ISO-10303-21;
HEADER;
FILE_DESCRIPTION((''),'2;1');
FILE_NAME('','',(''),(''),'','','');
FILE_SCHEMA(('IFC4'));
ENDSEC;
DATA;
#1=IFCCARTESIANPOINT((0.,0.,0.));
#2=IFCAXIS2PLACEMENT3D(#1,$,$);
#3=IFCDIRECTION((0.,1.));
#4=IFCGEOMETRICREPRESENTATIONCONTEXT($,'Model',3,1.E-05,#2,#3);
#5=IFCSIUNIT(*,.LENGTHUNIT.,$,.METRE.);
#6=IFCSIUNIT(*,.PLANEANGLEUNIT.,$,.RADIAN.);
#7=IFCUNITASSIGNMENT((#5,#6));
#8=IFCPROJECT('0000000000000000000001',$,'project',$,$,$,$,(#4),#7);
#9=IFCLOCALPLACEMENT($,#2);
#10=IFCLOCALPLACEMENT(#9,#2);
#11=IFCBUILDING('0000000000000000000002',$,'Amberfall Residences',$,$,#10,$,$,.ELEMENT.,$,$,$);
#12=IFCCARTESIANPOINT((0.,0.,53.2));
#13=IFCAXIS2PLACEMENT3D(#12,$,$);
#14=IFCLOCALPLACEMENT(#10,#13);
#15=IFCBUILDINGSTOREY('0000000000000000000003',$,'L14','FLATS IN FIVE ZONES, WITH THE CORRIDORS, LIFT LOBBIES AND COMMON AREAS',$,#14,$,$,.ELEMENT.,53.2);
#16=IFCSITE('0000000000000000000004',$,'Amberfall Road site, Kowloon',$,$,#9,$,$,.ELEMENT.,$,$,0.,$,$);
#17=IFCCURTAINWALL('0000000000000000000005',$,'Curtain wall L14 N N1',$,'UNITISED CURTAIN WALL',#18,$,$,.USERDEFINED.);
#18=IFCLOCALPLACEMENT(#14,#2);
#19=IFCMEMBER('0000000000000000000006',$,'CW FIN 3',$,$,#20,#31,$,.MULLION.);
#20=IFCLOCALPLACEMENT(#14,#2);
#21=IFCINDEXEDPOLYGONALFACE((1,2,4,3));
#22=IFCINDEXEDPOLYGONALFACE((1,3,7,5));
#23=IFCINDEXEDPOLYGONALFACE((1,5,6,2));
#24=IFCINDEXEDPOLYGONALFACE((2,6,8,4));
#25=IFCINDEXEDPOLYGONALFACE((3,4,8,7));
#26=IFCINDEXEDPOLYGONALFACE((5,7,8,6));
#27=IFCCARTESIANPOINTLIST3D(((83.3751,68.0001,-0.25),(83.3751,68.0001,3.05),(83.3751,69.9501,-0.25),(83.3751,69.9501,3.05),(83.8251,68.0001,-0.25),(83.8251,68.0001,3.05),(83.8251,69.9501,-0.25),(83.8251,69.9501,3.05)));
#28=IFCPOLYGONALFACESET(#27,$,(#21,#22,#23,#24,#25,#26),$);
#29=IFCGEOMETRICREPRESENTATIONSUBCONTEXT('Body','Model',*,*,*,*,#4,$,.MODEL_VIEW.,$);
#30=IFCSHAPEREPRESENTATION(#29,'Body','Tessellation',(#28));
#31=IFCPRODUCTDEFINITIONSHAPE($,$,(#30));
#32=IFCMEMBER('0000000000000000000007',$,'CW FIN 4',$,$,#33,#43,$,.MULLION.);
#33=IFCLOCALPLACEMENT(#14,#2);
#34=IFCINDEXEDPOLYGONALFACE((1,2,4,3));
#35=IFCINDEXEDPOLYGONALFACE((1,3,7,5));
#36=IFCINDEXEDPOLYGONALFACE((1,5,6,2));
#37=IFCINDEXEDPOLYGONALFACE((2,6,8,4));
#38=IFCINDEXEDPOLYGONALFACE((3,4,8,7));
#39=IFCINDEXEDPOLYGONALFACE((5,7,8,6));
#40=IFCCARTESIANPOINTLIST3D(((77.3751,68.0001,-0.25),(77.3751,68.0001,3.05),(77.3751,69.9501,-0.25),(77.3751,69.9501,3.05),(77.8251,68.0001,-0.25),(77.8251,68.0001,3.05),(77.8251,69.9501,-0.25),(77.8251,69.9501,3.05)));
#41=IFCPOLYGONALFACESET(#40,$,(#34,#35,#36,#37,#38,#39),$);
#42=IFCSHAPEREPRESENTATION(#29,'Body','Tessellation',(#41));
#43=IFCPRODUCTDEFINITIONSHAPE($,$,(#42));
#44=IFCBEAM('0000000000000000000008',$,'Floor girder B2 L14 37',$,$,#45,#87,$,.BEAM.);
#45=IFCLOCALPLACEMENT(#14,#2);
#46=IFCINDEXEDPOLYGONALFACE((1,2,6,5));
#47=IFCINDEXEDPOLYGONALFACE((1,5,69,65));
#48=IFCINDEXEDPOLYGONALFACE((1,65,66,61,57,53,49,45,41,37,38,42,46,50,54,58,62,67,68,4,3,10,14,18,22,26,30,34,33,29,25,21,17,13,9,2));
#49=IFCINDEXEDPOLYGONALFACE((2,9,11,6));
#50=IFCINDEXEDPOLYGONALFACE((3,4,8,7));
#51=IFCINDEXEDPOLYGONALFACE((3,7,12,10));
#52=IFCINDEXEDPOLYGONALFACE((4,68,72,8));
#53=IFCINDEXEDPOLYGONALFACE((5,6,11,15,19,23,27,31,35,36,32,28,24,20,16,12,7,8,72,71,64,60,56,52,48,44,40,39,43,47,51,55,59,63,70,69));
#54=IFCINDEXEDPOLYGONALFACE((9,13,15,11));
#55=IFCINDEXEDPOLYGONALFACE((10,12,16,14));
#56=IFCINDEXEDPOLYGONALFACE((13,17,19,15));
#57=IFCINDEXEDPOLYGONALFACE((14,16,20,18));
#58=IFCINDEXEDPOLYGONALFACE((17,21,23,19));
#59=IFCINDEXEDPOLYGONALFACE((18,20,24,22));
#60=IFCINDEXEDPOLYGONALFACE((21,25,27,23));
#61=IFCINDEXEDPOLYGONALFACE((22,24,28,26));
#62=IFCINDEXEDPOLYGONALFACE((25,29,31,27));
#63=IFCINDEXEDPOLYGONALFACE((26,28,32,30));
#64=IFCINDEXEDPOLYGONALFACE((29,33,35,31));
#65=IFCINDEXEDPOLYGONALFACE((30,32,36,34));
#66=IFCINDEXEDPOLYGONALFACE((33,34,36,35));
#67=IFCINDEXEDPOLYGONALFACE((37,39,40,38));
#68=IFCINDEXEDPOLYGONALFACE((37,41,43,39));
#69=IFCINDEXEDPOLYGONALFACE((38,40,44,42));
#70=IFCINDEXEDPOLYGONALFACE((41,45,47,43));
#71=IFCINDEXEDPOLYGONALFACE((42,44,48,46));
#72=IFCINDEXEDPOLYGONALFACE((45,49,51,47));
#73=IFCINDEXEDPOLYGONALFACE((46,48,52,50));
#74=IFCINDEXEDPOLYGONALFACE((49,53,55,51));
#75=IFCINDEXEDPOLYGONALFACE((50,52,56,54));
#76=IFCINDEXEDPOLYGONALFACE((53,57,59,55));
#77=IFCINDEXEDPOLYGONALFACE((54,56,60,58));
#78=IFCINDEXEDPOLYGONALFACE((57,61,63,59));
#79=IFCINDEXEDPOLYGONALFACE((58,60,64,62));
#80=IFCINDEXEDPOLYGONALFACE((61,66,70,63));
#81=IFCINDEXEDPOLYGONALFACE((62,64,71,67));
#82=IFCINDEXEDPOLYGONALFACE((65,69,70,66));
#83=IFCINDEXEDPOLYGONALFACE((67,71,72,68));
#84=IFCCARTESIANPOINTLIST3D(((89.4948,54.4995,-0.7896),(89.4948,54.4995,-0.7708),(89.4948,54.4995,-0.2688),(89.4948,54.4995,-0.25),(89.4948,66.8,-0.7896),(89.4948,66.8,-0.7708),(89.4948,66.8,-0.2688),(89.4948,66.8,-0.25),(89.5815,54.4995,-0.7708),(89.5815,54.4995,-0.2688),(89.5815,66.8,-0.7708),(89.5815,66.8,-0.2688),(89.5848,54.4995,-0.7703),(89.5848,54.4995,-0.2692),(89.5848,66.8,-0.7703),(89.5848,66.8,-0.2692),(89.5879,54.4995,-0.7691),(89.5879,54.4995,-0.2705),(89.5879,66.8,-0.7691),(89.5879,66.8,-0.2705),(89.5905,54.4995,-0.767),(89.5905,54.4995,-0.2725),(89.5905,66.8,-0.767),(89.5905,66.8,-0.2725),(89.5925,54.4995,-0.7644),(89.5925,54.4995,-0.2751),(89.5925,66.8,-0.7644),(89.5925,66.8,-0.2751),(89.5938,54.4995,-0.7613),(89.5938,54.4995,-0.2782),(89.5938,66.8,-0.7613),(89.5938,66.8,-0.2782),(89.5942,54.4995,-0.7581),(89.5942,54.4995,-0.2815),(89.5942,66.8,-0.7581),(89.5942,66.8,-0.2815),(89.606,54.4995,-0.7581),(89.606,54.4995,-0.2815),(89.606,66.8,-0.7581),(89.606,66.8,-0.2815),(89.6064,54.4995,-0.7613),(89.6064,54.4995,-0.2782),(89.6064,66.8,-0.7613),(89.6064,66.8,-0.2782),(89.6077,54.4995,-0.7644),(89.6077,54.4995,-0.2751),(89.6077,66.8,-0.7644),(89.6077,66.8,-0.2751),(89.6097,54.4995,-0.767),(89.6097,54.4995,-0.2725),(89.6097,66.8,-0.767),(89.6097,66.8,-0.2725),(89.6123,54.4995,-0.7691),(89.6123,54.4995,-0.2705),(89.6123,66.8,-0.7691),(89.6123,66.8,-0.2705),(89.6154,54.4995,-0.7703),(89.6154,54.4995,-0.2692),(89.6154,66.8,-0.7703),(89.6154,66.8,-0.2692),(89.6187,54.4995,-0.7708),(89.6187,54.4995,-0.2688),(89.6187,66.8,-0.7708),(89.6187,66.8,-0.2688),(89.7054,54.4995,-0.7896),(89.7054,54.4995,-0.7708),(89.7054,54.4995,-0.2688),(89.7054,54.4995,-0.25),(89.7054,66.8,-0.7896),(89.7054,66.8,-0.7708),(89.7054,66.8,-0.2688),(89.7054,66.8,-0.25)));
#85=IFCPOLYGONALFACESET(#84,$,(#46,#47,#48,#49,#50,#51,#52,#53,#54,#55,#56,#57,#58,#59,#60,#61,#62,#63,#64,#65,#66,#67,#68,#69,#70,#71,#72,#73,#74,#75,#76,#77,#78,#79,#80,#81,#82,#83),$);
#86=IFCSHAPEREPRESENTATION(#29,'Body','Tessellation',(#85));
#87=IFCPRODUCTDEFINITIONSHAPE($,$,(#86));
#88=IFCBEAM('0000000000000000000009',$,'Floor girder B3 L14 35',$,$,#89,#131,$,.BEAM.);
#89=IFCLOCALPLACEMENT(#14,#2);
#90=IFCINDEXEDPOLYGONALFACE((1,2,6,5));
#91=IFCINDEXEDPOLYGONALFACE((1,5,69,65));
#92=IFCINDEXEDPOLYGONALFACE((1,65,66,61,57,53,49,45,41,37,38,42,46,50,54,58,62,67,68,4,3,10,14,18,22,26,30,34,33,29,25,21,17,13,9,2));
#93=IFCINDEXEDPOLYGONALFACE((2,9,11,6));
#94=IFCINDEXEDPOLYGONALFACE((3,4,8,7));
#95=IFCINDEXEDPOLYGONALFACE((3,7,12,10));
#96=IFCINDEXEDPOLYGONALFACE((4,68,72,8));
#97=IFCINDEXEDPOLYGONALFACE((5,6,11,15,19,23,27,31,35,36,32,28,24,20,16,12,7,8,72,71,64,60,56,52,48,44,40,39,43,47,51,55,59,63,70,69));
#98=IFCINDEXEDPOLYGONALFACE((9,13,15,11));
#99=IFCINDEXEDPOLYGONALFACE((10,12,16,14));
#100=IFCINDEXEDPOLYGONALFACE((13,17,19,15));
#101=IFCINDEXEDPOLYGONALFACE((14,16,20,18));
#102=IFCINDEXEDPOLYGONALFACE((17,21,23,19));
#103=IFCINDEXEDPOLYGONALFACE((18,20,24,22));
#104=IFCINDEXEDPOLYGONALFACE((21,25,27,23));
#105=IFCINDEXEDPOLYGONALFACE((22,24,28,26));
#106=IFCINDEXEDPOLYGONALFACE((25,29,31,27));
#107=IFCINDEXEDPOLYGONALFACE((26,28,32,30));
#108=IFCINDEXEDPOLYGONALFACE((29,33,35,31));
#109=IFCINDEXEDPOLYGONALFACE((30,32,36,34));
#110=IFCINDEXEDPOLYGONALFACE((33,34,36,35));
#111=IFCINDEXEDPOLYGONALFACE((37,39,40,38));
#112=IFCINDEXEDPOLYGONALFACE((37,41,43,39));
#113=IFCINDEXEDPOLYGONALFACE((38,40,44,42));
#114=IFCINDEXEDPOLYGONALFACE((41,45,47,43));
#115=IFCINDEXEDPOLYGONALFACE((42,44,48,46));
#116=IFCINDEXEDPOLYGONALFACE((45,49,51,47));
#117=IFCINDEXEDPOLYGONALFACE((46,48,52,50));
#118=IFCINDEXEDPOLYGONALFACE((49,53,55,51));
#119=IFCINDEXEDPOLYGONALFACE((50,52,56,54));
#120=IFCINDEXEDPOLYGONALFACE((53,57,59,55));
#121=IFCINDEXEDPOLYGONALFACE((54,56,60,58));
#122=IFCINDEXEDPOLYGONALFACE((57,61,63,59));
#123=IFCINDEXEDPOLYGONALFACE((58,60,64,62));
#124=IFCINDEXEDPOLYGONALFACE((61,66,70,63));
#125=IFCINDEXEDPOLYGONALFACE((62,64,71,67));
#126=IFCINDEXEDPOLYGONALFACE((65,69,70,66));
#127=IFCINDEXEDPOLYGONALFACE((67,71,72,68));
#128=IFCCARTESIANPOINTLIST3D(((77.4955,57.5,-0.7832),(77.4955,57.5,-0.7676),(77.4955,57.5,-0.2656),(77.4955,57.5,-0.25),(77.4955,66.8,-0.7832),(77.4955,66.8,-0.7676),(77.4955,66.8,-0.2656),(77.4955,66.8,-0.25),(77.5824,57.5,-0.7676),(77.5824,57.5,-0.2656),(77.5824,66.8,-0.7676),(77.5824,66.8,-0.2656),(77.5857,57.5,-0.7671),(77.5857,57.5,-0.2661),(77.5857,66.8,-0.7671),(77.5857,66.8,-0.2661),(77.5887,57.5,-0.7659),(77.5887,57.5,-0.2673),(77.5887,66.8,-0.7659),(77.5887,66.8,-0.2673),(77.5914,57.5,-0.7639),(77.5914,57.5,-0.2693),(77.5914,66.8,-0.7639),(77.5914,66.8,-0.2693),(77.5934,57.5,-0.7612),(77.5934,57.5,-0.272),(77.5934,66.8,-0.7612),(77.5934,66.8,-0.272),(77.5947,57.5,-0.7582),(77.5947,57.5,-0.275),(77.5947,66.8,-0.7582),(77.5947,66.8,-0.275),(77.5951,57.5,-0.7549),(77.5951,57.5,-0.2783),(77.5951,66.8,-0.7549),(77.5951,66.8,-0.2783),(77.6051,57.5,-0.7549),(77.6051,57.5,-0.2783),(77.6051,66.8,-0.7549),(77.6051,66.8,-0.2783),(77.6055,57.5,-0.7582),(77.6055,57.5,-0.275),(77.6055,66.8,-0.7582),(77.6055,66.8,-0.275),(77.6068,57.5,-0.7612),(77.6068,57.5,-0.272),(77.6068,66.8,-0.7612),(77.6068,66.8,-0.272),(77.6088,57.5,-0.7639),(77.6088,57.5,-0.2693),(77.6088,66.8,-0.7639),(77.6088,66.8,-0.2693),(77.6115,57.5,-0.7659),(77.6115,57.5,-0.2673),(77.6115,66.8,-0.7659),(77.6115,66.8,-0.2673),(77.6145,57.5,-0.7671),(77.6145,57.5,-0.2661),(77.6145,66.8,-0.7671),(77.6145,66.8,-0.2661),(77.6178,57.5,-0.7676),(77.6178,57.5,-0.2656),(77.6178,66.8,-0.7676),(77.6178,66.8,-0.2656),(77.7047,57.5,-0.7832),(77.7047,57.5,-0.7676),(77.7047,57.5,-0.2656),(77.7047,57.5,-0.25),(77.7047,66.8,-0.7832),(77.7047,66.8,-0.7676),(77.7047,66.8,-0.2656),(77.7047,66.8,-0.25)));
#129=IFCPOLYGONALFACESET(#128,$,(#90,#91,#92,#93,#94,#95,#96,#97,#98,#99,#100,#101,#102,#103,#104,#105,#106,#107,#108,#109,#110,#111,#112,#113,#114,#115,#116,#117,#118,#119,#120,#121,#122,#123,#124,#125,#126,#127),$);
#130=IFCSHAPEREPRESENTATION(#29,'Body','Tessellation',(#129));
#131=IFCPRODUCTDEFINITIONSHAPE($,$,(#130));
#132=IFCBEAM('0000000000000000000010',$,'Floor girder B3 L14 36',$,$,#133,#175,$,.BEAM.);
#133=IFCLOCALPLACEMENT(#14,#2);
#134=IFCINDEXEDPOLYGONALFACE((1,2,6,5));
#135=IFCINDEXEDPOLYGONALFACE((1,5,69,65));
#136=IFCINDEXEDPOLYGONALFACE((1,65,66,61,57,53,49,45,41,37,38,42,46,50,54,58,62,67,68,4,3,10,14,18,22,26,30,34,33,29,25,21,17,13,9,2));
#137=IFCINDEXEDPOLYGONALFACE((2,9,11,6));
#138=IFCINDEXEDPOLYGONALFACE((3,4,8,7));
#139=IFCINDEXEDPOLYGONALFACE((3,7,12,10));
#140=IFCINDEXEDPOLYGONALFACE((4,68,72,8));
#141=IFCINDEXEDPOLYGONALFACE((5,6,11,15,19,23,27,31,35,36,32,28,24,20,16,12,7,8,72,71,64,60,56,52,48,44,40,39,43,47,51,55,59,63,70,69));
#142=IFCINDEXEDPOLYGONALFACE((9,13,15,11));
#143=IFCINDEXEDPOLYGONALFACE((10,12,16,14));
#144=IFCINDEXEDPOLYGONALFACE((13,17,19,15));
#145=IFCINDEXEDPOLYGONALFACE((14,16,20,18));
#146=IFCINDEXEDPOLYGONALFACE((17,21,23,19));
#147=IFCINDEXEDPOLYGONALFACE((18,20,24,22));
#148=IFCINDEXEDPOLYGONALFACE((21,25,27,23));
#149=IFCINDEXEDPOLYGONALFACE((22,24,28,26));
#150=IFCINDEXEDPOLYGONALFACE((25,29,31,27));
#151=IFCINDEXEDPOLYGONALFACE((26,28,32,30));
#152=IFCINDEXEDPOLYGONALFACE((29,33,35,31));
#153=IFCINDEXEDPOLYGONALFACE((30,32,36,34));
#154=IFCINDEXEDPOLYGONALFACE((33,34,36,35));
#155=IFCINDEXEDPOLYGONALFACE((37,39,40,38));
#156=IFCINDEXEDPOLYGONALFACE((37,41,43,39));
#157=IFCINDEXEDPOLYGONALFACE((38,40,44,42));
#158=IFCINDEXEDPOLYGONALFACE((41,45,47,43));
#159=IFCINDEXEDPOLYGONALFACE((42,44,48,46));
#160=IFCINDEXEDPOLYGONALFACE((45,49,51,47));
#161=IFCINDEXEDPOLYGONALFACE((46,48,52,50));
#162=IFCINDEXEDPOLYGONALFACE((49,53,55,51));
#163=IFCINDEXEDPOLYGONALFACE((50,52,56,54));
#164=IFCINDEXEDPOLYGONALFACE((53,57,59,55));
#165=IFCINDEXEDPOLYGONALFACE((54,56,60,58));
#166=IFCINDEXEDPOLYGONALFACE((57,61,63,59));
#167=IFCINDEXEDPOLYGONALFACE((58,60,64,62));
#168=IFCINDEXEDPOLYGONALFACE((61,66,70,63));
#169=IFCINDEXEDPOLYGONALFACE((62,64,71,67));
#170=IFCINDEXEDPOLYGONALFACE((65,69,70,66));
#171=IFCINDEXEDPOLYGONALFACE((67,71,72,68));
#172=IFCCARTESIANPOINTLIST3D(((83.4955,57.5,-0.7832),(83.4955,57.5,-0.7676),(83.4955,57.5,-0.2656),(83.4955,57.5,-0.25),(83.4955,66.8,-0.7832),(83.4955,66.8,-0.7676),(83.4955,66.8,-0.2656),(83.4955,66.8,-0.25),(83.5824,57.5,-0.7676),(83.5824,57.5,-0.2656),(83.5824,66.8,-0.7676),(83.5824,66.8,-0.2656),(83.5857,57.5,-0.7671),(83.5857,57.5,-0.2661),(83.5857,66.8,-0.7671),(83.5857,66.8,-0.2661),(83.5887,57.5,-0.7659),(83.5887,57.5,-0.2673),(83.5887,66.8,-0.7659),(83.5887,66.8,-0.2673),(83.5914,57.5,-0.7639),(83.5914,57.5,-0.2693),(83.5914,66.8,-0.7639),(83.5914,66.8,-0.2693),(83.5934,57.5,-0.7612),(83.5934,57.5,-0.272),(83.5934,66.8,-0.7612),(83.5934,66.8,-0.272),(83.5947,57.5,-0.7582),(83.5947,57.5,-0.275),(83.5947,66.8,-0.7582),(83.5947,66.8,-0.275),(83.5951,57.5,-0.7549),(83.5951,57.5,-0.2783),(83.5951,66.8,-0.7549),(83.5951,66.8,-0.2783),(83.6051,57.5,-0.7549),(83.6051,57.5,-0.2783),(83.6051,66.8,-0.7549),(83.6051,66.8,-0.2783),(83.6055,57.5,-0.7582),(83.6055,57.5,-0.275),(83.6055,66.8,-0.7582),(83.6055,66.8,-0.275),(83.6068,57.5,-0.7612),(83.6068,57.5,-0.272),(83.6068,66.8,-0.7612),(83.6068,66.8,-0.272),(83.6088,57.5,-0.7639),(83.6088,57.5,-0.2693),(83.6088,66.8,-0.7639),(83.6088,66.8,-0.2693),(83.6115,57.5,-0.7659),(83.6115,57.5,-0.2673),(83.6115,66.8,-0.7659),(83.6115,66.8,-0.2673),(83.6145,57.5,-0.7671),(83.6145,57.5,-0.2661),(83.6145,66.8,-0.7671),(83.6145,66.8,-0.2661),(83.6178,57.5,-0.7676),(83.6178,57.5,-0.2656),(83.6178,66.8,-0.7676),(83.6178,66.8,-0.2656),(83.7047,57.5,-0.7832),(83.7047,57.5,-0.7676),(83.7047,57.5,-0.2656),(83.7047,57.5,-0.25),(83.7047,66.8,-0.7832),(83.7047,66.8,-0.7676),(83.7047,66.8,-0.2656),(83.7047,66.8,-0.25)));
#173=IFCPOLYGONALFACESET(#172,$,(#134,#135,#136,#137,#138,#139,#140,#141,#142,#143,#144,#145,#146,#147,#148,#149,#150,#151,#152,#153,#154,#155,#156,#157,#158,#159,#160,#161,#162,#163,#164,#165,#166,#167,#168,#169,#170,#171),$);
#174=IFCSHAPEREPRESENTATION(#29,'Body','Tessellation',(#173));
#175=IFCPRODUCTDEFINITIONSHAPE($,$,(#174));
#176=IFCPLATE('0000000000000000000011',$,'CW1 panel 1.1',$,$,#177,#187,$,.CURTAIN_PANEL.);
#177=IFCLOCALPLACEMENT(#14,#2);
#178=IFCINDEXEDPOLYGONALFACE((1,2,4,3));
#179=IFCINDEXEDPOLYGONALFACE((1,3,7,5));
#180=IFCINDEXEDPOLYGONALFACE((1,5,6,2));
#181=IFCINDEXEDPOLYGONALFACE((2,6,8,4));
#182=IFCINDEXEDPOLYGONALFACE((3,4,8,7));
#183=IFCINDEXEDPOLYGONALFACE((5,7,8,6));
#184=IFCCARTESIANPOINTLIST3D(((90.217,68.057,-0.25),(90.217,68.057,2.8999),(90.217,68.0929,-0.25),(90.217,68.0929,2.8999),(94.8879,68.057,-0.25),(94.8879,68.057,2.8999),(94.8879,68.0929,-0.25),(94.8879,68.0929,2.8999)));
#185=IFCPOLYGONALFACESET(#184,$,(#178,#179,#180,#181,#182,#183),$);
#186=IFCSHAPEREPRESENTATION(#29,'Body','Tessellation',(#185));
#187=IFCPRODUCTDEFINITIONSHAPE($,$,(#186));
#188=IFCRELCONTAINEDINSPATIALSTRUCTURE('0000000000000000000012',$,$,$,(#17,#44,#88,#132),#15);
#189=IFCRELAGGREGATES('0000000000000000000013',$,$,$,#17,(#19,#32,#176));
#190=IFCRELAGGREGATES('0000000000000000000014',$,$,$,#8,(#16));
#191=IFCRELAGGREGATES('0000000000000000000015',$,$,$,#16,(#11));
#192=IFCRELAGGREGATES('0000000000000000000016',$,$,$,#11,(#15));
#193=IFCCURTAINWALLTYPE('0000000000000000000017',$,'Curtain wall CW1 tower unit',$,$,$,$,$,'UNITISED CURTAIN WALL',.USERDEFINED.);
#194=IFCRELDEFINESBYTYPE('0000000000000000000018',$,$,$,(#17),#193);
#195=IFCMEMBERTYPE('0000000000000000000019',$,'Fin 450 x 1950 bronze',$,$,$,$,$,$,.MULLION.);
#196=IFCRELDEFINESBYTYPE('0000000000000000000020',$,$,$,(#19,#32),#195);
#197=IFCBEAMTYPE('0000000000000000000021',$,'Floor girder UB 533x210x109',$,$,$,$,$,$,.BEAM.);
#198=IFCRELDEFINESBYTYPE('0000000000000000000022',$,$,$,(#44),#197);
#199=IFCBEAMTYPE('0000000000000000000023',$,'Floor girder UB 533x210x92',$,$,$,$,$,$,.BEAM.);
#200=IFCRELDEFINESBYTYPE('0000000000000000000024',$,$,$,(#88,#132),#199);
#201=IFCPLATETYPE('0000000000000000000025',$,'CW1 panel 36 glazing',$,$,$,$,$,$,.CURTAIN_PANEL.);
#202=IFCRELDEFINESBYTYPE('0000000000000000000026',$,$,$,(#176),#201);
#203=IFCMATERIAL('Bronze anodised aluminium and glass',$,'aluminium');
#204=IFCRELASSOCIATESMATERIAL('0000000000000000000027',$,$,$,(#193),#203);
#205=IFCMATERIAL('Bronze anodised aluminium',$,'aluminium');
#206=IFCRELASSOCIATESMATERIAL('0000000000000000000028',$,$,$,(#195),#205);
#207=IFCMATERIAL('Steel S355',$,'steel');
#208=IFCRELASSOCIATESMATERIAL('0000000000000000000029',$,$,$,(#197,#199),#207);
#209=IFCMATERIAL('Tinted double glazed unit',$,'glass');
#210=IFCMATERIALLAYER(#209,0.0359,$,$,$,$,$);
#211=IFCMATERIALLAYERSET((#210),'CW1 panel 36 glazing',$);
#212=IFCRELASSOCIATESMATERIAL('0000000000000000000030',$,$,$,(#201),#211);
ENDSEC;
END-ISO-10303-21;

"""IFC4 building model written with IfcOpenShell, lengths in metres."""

from ifc_helpers import new_model, si_unit, direction, frame, origin, origin_2d, place, context, subcontext, project, spatial, rectangle, i_section, extrude, material, layer, layer_set, material_profile, profile_set, type_object, element, aggregate, save


model = new_model("IFC4")

# Units and contexts
model_context = context("Model", 3, precision=1e-05, world=origin(), true_north=direction((0.0, 1.0)))
body_context = subcontext(model_context, "Body", "Model", "MODEL_VIEW")
ifc_project = project(units=[si_unit("LENGTHUNIT", "METRE"), si_unit("PLANEANGLEUNIT", "RADIAN")], contexts=[model_context])

# Site, building, storey
site_placement = place(None, origin())
site = spatial("IfcSite", under=ifc_project, at=site_placement, Name="Amberfall Road site, Kowloon", CompositionType="ELEMENT", RefElevation=0.0)
building_placement = place(site_placement, origin())
building = spatial("IfcBuilding", under=site, at=building_placement, Name="Amberfall Residences", CompositionType="ELEMENT")
storey_placement = place(building_placement, frame((0.0, 0.0, 53.2)))
storey = spatial("IfcBuildingStorey", under=building, at=storey_placement, Name="L14", Description="FLATS IN FIVE ZONES, WITH THE CORRIDORS, LIFT LOBBIES AND COMMON AREAS", CompositionType="ELEMENT", Elevation=53.2)

# Curtain wall
ifc_material_1 = material(Name="Bronze anodised aluminium and glass", Category="aluminium")
curtain_wall_type = type_object("IfcCurtainWallType", Name="Curtain wall CW1 tower unit", ElementType="UNITISED CURTAIN WALL", PredefinedType="USERDEFINED", material=ifc_material_1)
curtain_wall_placement = place(storey_placement, origin())
curtain_wall = element("IfcCurtainWall", 1, at=curtain_wall_placement, inside=storey, type_object=curtain_wall_type, Name="Curtain wall L14 N N1", ObjectType="UNITISED CURTAIN WALL", PredefinedType="USERDEFINED")
ifc_material_2 = material(Name="Bronze anodised aluminium", Category="aluminium")

# Shared definitions
ifc_material_3 = material(Name="Steel S355", Category="steel")

# Members
ifc_material_profile_1 = material_profile(ifc_material_2, rectangle(XDim=1.95, YDim=0.45, at=origin_2d()), Name="Fin 450 x 1950 bronze")
ifc_profile_set_1 = profile_set([ifc_material_profile_1], Name="Bronze anodised aluminium")
member_type_1 = type_object("IfcMemberType", Name="Fin 450 x 1950 bronze", PredefinedType="MULLION", material=ifc_profile_set_1)
member_1_placement = place(storey_placement, frame((83.6001, 68.9751, -0.25), z_axis=(0.0, 0.0, 1.0), x_axis=(0.0, -1.0, 0.0)))
member_1 = element("IfcMember", 2, at=member_1_placement, type_object=member_type_1, Name="CW FIN 3", PredefinedType="MULLION", context=body_context, shape_type="SweptSolid", body=[
    extrude(rectangle(XDim=1.95, YDim=0.45, at=origin_2d()), origin(), (0.0, 0.0, 1.0), 3.3),
])
member_2_placement = place(storey_placement, frame((77.6001, 68.9751, -0.25), z_axis=(0.0, 0.0, 1.0), x_axis=(0.0, -1.0, 0.0)))
member_2 = element("IfcMember", 3, at=member_2_placement, type_object=member_type_1, Name="CW FIN 4", PredefinedType="MULLION", context=body_context, shape_type="SweptSolid", body=[
    extrude(rectangle(XDim=1.95, YDim=0.45, at=origin_2d()), origin(), (0.0, 0.0, 1.0), 3.3),
])

# Beams
ifc_material_profile_2 = material_profile(ifc_material_3, i_section(OverallWidth=0.2107, OverallDepth=0.5396, WebThickness=0.0117, FlangeThickness=0.0188, FilletRadius=0.0127, at=origin_2d()), Name="UB 533x210x109")
ifc_profile_set_2 = profile_set([ifc_material_profile_2], Name="Steel S355")
beam_type_1 = type_object("IfcBeamType", Name="Floor girder UB 533x210x109", PredefinedType="BEAM", material=ifc_profile_set_2)
beam_placement = place(storey_placement, frame((89.6001, 66.8, -0.5198), z_axis=(0.0, -1.0, 0.0), x_axis=(1.0, 0.0, 0.0)))
element("IfcBeam", 4, at=beam_placement, inside=storey, type_object=beam_type_1, Name="Floor girder B2 L14 37", PredefinedType="BEAM", context=body_context, shape_type="SweptSolid", body=[
    extrude(i_section(OverallWidth=0.2107, OverallDepth=0.5396, WebThickness=0.0117, FlangeThickness=0.0188, FilletRadius=0.0127, at=origin_2d()), origin(), (0.0, 0.0, 1.0), 12.3005),
])
ifc_material_profile_3 = material_profile(ifc_material_3, i_section(OverallWidth=0.2092, OverallDepth=0.5332, WebThickness=0.01, FlangeThickness=0.0156, FilletRadius=0.0127, at=origin_2d()), Name="UB 533x210x92")
ifc_profile_set_3 = profile_set([ifc_material_profile_3], Name="Steel S355")
beam_type_2 = type_object("IfcBeamType", Name="Floor girder UB 533x210x92", PredefinedType="BEAM", material=ifc_profile_set_3)
for number, where, z_axis, x_axis, name in (
    (5, (77.6001, 66.8, -0.5166), (0.0, -1.0, 0.0), (1.0, 0.0, 0.0), "Floor girder B3 L14 35"),
    (6, (83.6001, 66.8, -0.5166), (0.0, -1.0, 0.0), (1.0, 0.0, 0.0), "Floor girder B3 L14 36"),
):
    element("IfcBeam", number, at=place(storey_placement, frame(where, z_axis=z_axis, x_axis=x_axis)), inside=storey, type_object=beam_type_2, Name=name, PredefinedType="BEAM", context=body_context, shape_type="SweptSolid", body=[
        extrude(i_section(OverallWidth=0.2092, OverallDepth=0.5332, WebThickness=0.01, FlangeThickness=0.0156, FilletRadius=0.0127, at=origin_2d()), origin(), (0.0, 0.0, 1.0), 9.3),
    ])

# Plate
ifc_material_4 = material(Name="Tinted double glazed unit", Category="glass")
ifc_layer_1 = layer(ifc_material_4, 0.0359)
ifc_layer_set_1 = layer_set([ifc_layer_1], Name="CW1 panel 36 glazing")
plate_type = type_object("IfcPlateType", Name="CW1 panel 36 glazing", PredefinedType="CURTAIN_PANEL", material=ifc_layer_set_1)
plate_1_placement = place(storey_placement, frame((92.5525, 68.075, -0.25), z_axis=(0.0, 0.0, 1.0), x_axis=(-1.0, 0.0, 0.0)))
plate_1 = element("IfcPlate", 7, at=plate_1_placement, type_object=plate_type, Name="CW1 panel 1.1", PredefinedType="CURTAIN_PANEL", context=body_context, shape_type="SweptSolid", body=[
    extrude(rectangle(XDim=4.6709, YDim=0.0359, at=origin_2d()), origin(), (0.0, 0.0, 1.0), 3.1499),
])
aggregate(curtain_wall, [member_1, member_2, plate_1])

save(model, "model.ifc")
